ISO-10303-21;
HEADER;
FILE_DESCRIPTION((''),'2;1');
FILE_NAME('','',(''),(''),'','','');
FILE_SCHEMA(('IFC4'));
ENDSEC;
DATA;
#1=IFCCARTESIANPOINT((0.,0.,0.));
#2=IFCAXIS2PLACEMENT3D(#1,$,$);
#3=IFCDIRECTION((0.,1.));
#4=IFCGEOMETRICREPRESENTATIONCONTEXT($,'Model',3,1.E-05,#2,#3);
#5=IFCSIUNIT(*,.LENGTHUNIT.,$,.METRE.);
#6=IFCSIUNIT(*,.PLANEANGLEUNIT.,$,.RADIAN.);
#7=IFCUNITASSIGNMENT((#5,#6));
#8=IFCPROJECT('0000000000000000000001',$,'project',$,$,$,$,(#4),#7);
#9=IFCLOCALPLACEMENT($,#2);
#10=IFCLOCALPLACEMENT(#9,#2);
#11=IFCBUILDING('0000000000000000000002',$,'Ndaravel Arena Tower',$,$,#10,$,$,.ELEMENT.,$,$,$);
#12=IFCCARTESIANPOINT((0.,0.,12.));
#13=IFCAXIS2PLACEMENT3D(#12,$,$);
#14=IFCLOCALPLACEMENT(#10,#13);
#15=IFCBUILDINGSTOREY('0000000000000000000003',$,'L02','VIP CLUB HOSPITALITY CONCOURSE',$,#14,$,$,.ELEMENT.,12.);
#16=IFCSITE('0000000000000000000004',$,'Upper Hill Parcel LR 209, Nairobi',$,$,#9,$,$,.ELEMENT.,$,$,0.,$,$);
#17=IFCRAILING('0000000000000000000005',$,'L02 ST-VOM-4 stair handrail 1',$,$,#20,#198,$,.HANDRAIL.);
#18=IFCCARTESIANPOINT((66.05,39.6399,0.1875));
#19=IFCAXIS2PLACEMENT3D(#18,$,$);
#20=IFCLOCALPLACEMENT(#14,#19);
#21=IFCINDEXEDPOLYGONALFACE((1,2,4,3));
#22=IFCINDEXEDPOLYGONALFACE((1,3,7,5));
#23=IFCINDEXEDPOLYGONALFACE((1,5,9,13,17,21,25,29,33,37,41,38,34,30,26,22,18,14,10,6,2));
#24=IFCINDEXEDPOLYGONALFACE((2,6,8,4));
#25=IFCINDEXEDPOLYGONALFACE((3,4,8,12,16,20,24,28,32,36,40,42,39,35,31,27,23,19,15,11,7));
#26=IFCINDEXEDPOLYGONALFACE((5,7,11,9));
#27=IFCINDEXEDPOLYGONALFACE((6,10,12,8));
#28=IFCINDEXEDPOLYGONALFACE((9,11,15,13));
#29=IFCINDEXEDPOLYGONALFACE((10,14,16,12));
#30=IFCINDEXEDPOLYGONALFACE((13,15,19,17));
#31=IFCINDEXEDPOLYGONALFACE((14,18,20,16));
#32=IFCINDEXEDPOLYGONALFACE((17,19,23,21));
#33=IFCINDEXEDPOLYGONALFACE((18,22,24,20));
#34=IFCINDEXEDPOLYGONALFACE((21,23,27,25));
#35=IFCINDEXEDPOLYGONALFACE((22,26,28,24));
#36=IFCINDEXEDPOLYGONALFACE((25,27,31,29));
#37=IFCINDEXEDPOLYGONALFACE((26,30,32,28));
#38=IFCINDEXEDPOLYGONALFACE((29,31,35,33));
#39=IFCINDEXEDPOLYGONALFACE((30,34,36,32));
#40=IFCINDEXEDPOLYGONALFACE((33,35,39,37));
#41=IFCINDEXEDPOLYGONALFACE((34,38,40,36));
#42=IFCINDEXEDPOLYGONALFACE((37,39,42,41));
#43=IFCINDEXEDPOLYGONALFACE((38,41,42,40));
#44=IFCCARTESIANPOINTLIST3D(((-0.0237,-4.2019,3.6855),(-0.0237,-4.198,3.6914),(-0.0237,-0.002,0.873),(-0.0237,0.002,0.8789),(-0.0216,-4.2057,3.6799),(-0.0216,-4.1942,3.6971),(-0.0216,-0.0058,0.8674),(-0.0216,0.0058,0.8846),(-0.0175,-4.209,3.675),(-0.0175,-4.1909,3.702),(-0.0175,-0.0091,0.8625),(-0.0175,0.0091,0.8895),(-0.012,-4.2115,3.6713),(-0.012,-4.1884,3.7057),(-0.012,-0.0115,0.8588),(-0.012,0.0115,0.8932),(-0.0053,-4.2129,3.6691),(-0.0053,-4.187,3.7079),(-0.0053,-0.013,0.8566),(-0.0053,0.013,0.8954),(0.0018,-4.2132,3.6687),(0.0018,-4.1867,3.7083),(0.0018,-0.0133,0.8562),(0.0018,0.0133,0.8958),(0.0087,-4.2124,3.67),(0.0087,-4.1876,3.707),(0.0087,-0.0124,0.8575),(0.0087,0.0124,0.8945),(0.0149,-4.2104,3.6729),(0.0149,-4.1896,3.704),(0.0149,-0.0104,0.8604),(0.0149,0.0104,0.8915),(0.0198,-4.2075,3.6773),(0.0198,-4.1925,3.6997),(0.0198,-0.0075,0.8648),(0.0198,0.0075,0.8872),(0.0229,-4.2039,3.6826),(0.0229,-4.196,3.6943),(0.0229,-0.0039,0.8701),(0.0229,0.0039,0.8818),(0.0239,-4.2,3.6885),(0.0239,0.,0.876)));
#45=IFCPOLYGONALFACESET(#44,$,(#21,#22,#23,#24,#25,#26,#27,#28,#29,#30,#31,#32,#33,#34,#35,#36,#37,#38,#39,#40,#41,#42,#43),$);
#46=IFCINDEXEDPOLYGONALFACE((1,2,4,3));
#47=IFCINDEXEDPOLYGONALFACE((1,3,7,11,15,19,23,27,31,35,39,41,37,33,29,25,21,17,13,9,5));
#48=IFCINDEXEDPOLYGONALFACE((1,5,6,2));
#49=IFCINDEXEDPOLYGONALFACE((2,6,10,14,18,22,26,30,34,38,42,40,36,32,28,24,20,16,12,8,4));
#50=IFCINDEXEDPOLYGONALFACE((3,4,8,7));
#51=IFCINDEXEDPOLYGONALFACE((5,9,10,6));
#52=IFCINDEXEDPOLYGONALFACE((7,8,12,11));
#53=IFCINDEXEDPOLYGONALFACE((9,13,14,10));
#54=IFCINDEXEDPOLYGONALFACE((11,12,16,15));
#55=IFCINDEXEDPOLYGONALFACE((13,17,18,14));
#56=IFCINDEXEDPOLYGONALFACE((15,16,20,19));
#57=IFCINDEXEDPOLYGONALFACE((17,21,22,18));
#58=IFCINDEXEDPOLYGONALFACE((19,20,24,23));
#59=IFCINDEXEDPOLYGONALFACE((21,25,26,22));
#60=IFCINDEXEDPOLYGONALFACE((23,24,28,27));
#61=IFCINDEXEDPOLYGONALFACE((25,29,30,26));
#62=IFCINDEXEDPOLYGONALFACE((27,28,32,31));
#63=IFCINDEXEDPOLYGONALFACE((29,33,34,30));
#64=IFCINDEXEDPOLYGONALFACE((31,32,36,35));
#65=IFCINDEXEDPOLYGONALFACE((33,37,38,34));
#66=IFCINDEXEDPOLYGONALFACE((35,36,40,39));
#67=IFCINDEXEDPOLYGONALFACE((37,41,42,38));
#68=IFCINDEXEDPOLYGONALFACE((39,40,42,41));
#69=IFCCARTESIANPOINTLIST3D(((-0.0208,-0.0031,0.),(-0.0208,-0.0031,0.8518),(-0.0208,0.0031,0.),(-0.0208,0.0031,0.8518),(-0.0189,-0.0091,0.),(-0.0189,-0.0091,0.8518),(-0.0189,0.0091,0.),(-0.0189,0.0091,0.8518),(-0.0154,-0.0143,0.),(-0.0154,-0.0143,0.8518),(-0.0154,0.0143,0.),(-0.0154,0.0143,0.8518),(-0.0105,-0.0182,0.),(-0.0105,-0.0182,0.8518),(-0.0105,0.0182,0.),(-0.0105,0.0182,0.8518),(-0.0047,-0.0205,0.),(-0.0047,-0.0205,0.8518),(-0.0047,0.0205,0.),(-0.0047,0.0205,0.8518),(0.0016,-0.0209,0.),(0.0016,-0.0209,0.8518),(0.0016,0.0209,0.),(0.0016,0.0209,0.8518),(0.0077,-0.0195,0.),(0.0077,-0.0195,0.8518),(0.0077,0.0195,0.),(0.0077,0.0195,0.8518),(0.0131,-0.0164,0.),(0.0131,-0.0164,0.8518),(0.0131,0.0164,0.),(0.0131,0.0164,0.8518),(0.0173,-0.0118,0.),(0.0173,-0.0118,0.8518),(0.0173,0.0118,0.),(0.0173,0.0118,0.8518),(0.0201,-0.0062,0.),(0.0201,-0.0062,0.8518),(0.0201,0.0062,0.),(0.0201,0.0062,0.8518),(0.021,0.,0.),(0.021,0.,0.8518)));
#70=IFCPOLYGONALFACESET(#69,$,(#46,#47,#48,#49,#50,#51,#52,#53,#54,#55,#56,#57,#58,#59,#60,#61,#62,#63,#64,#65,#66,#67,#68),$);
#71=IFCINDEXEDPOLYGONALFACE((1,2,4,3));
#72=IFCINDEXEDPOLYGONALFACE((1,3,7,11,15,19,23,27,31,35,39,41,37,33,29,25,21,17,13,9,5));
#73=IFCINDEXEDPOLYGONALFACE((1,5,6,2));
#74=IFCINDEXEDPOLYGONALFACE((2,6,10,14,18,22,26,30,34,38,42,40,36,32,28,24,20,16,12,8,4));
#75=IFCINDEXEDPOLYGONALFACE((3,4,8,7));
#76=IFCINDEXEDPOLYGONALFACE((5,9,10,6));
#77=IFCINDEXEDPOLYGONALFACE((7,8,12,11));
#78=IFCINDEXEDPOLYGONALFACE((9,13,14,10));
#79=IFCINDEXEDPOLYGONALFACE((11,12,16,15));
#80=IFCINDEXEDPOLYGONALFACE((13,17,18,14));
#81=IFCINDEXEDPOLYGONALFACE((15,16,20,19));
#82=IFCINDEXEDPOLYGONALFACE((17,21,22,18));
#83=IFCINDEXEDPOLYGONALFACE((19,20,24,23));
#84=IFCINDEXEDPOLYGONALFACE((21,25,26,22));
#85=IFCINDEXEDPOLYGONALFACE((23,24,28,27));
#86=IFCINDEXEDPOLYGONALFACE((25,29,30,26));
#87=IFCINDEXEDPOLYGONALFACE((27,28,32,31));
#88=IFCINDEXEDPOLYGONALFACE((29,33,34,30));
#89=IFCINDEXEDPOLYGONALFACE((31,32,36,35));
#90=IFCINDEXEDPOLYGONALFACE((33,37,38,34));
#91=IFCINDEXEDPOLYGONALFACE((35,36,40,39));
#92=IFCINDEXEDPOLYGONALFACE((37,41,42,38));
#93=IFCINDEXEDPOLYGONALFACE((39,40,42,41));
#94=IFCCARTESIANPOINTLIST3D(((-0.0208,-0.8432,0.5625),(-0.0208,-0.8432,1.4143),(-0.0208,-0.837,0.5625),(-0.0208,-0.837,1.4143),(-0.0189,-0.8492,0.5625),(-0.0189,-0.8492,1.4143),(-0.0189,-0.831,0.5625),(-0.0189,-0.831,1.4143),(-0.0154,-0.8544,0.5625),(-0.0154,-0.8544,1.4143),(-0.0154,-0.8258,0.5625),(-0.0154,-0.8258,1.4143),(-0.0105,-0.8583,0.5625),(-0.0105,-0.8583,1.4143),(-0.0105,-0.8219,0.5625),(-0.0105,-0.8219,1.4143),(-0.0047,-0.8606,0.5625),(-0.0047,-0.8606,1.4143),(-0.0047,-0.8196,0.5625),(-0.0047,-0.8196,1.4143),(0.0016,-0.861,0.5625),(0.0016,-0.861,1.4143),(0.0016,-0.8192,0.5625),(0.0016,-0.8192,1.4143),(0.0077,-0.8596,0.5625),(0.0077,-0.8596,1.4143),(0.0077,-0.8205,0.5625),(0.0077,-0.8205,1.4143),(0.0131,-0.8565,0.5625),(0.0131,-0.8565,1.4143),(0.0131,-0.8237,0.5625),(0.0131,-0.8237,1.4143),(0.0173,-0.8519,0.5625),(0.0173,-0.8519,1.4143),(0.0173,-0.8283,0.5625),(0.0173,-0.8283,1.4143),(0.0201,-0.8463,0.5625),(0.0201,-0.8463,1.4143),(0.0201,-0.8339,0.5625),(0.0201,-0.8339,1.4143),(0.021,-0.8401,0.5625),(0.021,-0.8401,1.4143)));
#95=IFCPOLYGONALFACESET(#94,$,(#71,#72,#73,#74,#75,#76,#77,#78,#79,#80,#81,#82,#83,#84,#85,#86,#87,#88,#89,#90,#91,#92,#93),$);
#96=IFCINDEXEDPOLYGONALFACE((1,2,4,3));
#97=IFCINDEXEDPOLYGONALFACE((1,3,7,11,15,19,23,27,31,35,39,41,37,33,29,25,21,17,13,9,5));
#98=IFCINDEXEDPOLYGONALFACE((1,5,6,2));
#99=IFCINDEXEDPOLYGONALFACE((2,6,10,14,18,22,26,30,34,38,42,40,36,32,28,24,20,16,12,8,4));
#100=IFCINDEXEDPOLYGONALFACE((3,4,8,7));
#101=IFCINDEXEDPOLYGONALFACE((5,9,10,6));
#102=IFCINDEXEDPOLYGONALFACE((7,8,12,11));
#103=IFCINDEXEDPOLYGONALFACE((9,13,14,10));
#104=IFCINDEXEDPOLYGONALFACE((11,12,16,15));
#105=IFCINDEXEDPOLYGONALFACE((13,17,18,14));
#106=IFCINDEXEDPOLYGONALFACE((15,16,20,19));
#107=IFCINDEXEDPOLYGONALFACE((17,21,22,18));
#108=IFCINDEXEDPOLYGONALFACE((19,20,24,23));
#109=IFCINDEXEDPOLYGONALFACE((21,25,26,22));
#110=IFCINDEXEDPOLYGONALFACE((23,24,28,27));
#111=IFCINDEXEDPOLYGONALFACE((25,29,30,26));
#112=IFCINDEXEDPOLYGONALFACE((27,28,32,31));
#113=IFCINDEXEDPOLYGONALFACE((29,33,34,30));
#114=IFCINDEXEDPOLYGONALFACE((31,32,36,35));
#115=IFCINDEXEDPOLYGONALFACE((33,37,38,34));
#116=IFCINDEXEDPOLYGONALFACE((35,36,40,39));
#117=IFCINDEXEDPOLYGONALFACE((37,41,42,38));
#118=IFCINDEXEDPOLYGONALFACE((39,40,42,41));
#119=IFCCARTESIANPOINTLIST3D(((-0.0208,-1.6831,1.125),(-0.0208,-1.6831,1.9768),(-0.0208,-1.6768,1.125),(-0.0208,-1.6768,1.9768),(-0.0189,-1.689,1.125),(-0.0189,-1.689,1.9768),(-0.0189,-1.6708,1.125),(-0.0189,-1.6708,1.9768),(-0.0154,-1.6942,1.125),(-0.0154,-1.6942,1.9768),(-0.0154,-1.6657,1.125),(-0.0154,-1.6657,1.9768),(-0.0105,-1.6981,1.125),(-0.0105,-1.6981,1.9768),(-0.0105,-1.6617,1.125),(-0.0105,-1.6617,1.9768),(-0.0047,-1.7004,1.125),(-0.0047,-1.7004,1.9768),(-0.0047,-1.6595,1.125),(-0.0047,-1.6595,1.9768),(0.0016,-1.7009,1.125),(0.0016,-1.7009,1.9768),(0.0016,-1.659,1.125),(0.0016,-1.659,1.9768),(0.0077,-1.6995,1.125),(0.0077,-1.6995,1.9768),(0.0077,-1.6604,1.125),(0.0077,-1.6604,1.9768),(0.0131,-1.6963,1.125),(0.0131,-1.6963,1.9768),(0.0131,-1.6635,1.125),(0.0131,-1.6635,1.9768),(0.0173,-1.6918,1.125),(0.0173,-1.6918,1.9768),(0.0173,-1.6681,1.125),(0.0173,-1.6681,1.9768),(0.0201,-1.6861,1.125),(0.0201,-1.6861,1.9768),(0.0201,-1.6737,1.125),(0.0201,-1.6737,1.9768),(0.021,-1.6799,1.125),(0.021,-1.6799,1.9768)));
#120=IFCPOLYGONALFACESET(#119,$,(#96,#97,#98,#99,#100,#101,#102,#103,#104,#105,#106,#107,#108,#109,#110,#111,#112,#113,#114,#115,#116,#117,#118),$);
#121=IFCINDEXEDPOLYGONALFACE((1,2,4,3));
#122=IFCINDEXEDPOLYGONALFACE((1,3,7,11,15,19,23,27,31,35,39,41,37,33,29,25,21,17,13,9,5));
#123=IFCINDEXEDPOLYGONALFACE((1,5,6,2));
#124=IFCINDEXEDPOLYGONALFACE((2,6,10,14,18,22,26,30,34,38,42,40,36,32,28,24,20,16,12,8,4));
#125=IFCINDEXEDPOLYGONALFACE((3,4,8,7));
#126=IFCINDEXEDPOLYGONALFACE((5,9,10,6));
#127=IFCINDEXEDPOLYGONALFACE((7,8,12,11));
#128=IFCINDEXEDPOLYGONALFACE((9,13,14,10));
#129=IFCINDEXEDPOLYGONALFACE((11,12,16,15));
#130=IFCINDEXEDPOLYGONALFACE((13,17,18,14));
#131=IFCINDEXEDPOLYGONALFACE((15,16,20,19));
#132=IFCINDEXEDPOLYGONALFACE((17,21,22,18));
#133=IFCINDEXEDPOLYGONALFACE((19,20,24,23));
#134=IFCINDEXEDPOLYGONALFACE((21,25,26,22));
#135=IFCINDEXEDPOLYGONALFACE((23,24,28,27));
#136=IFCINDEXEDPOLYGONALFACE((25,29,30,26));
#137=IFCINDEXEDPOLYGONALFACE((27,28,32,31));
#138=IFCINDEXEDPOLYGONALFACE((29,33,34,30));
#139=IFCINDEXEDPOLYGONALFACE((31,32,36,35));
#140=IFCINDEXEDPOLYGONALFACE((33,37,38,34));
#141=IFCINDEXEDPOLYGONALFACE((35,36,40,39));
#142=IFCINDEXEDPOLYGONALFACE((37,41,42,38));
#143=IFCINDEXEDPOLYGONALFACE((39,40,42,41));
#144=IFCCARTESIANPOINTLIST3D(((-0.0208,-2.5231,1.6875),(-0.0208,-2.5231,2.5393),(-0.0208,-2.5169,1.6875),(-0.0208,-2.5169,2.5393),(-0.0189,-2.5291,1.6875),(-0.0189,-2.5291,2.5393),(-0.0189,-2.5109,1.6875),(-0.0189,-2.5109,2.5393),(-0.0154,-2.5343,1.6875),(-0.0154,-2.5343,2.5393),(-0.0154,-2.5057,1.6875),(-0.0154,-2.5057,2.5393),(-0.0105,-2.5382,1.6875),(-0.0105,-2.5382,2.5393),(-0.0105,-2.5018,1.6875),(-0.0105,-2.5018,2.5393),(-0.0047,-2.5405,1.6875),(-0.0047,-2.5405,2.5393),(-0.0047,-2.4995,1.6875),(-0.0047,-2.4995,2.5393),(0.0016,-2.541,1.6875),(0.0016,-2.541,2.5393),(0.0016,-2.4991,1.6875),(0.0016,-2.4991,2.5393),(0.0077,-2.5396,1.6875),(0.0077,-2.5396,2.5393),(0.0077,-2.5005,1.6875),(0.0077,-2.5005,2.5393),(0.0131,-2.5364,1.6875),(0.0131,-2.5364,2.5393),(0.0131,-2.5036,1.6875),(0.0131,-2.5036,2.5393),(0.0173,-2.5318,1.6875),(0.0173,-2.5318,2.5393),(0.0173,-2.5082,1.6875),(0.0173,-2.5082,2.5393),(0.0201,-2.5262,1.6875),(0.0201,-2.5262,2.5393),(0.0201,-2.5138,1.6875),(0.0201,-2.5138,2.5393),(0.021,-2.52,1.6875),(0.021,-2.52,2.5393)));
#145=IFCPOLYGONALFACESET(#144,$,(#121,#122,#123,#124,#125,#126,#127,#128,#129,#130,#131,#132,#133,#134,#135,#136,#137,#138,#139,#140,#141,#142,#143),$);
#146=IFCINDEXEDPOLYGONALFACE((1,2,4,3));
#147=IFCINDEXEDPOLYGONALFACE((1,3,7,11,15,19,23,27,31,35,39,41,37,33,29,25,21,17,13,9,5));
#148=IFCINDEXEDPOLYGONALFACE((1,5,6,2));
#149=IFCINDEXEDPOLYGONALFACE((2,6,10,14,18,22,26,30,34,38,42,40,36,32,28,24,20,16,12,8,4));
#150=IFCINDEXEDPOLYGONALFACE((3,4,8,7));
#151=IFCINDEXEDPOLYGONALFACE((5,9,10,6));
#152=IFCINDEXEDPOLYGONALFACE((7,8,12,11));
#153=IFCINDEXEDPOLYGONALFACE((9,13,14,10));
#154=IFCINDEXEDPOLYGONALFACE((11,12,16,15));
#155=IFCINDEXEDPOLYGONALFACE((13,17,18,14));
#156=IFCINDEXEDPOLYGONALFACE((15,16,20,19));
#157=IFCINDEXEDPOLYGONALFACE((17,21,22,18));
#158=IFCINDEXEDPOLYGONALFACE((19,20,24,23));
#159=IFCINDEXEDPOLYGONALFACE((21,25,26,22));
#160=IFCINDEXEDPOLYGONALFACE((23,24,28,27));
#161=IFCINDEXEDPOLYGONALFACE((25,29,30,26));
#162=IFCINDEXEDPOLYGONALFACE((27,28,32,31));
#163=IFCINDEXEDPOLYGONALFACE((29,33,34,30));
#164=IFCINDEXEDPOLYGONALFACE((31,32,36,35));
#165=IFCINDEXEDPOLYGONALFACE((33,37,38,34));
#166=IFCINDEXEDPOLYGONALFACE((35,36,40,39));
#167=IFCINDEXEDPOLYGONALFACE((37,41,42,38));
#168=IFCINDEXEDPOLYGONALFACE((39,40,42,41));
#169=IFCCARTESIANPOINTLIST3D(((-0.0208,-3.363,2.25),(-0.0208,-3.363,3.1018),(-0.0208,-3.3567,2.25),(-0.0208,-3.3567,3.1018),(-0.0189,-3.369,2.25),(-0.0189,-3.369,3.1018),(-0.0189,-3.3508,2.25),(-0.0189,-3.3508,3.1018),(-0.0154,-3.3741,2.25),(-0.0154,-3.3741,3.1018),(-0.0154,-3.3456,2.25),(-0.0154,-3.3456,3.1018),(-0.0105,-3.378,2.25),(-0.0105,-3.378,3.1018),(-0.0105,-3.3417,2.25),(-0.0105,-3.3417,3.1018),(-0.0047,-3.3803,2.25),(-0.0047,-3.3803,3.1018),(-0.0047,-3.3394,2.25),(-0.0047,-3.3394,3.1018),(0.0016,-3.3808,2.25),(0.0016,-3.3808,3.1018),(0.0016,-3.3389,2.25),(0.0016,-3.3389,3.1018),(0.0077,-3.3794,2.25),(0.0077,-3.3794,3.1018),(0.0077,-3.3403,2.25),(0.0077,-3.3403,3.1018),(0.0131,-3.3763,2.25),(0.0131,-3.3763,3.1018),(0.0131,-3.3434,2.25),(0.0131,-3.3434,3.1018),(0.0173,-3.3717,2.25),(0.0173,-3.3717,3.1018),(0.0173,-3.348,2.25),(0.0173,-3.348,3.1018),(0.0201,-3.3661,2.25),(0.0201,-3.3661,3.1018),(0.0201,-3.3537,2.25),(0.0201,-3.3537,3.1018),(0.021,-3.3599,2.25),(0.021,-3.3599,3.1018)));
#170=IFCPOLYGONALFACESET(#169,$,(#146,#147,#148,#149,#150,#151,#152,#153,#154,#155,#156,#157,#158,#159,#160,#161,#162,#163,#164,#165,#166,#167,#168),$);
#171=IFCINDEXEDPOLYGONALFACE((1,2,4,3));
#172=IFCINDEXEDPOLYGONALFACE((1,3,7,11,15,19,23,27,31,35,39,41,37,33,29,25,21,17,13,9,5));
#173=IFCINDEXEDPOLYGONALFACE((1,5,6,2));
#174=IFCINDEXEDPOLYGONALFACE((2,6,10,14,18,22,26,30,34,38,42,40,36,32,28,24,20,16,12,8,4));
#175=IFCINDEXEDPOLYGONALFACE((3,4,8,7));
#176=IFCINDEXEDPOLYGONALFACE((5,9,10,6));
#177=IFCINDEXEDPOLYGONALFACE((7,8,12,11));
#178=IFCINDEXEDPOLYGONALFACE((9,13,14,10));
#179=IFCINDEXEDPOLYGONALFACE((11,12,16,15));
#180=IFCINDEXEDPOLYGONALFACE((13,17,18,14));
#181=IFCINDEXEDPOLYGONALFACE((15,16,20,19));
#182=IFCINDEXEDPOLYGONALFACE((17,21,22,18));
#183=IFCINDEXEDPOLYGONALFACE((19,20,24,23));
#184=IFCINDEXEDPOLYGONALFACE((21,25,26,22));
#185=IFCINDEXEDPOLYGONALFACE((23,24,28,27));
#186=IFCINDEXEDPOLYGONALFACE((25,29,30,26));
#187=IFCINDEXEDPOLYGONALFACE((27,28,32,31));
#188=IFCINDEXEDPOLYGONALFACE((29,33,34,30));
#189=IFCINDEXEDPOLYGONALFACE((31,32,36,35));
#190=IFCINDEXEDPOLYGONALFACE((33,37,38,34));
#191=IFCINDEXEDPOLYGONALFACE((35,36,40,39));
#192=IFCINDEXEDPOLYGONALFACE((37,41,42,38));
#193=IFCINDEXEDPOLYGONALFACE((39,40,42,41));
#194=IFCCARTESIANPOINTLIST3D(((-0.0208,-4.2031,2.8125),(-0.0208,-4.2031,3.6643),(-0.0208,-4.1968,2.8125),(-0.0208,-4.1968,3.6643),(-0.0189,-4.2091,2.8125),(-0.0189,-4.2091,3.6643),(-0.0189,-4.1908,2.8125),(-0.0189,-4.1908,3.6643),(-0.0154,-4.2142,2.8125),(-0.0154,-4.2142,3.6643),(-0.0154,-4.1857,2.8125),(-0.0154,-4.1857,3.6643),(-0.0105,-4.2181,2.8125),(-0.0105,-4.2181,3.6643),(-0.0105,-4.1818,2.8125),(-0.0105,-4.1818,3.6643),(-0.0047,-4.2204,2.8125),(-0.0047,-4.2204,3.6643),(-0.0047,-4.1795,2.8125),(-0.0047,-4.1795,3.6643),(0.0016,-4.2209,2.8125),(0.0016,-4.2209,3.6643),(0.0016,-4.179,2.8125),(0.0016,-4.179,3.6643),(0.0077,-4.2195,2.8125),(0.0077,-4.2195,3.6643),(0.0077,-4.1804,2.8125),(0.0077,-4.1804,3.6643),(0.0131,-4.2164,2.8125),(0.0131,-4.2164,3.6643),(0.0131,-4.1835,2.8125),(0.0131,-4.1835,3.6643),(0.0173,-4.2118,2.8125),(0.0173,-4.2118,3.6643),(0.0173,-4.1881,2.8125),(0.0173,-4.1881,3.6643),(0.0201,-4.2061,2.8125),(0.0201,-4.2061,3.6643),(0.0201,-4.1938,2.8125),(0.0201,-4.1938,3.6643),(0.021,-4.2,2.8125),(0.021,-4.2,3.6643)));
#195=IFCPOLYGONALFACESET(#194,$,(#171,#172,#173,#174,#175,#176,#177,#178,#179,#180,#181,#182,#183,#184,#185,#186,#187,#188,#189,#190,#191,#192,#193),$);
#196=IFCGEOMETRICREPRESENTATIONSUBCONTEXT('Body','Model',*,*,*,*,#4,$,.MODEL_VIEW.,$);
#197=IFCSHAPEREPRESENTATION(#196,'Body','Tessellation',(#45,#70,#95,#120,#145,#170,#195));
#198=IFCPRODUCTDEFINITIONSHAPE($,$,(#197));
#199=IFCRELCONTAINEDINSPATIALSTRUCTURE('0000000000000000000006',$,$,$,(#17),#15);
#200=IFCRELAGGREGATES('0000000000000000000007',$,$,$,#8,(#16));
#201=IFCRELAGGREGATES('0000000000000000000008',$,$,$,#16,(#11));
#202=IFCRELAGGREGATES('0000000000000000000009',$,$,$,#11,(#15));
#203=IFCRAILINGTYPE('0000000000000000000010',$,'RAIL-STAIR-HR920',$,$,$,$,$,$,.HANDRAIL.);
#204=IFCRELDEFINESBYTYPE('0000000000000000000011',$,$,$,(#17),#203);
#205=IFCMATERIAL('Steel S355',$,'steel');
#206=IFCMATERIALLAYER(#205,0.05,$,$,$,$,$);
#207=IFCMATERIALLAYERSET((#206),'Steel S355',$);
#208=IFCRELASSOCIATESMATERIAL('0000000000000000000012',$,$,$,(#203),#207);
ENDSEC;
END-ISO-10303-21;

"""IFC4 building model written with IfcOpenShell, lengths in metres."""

from ifc_helpers import new_model, si_unit, direction, frame, origin, origin_2d, place, context, subcontext, project, spatial, circle, extrude, material, layer, layer_set, type_object, element, save


model = new_model("IFC4")

# Units and contexts
model_context = context("Model", 3, precision=1e-05, world=origin(), true_north=direction((0.0, 1.0)))
body_context = subcontext(model_context, "Body", "Model", "MODEL_VIEW")
ifc_project = project(units=[si_unit("LENGTHUNIT", "METRE"), si_unit("PLANEANGLEUNIT", "RADIAN")], contexts=[model_context])

# Site, building, storey
site_placement = place(None, origin())
site = spatial("IfcSite", under=ifc_project, at=site_placement, Name="Upper Hill Parcel LR 209, Nairobi", CompositionType="ELEMENT", RefElevation=0.0)
building_placement = place(site_placement, origin())
building = spatial("IfcBuilding", under=site, at=building_placement, Name="Ndaravel Arena Tower", CompositionType="ELEMENT")
storey_placement = place(building_placement, frame((0.0, 0.0, 12.0)))
storey = spatial("IfcBuildingStorey", under=building, at=storey_placement, Name="L02", Description="VIP CLUB HOSPITALITY CONCOURSE", CompositionType="ELEMENT", Elevation=12.0)

# Railing
ifc_material_1 = material(Name="Steel S355", Category="steel")
ifc_layer_1 = layer(ifc_material_1, 0.05)
ifc_layer_set_1 = layer_set([ifc_layer_1], Name="Steel S355")
railing_type_1 = type_object("IfcRailingType", Name="RAIL-STAIR-HR920", PredefinedType="HANDRAIL", material=ifc_layer_set_1)
for number, where, name in (
    (1, (66.05, 39.6399, 0.1875), "L02 ST-VOM-4 stair handrail 1"),
):
    element("IfcRailing", number, at=place(storey_placement, frame(where)), inside=storey, type_object=railing_type_1, Name=name, PredefinedType="HANDRAIL", context=body_context, shape_type="SweptSolid", body=[
        extrude(circle(Radius=0.0239, at=origin_2d()), frame((0.0, 0.0, 0.876), z_axis=(0.0, -0.830904, 0.556416), x_axis=(1.0, 0.0, 0.0)), (0.0, 0.0, 1.0), 5.0547),
        extrude(circle(Radius=0.021, at=origin_2d()), origin(), (0.0, 0.0, 1.0), 0.8518),
        extrude(circle(Radius=0.021, at=origin_2d()), frame((0.0, -0.8401, 0.5625)), (0.0, 0.0, 1.0), 0.8518),
        extrude(circle(Radius=0.021, at=origin_2d()), frame((0.0, -1.6799, 1.125)), (0.0, 0.0, 1.0), 0.8518),
        extrude(circle(Radius=0.021, at=origin_2d()), frame((0.0, -2.52, 1.6875)), (0.0, 0.0, 1.0), 0.8518),
        extrude(circle(Radius=0.021, at=origin_2d()), frame((0.0, -3.3599, 2.25)), (0.0, 0.0, 1.0), 0.8518),
        extrude(circle(Radius=0.021, at=origin_2d()), frame((0.0, -4.2, 2.8125)), (0.0, 0.0, 1.0), 0.8518),
    ])

save(model, "model.ifc")
